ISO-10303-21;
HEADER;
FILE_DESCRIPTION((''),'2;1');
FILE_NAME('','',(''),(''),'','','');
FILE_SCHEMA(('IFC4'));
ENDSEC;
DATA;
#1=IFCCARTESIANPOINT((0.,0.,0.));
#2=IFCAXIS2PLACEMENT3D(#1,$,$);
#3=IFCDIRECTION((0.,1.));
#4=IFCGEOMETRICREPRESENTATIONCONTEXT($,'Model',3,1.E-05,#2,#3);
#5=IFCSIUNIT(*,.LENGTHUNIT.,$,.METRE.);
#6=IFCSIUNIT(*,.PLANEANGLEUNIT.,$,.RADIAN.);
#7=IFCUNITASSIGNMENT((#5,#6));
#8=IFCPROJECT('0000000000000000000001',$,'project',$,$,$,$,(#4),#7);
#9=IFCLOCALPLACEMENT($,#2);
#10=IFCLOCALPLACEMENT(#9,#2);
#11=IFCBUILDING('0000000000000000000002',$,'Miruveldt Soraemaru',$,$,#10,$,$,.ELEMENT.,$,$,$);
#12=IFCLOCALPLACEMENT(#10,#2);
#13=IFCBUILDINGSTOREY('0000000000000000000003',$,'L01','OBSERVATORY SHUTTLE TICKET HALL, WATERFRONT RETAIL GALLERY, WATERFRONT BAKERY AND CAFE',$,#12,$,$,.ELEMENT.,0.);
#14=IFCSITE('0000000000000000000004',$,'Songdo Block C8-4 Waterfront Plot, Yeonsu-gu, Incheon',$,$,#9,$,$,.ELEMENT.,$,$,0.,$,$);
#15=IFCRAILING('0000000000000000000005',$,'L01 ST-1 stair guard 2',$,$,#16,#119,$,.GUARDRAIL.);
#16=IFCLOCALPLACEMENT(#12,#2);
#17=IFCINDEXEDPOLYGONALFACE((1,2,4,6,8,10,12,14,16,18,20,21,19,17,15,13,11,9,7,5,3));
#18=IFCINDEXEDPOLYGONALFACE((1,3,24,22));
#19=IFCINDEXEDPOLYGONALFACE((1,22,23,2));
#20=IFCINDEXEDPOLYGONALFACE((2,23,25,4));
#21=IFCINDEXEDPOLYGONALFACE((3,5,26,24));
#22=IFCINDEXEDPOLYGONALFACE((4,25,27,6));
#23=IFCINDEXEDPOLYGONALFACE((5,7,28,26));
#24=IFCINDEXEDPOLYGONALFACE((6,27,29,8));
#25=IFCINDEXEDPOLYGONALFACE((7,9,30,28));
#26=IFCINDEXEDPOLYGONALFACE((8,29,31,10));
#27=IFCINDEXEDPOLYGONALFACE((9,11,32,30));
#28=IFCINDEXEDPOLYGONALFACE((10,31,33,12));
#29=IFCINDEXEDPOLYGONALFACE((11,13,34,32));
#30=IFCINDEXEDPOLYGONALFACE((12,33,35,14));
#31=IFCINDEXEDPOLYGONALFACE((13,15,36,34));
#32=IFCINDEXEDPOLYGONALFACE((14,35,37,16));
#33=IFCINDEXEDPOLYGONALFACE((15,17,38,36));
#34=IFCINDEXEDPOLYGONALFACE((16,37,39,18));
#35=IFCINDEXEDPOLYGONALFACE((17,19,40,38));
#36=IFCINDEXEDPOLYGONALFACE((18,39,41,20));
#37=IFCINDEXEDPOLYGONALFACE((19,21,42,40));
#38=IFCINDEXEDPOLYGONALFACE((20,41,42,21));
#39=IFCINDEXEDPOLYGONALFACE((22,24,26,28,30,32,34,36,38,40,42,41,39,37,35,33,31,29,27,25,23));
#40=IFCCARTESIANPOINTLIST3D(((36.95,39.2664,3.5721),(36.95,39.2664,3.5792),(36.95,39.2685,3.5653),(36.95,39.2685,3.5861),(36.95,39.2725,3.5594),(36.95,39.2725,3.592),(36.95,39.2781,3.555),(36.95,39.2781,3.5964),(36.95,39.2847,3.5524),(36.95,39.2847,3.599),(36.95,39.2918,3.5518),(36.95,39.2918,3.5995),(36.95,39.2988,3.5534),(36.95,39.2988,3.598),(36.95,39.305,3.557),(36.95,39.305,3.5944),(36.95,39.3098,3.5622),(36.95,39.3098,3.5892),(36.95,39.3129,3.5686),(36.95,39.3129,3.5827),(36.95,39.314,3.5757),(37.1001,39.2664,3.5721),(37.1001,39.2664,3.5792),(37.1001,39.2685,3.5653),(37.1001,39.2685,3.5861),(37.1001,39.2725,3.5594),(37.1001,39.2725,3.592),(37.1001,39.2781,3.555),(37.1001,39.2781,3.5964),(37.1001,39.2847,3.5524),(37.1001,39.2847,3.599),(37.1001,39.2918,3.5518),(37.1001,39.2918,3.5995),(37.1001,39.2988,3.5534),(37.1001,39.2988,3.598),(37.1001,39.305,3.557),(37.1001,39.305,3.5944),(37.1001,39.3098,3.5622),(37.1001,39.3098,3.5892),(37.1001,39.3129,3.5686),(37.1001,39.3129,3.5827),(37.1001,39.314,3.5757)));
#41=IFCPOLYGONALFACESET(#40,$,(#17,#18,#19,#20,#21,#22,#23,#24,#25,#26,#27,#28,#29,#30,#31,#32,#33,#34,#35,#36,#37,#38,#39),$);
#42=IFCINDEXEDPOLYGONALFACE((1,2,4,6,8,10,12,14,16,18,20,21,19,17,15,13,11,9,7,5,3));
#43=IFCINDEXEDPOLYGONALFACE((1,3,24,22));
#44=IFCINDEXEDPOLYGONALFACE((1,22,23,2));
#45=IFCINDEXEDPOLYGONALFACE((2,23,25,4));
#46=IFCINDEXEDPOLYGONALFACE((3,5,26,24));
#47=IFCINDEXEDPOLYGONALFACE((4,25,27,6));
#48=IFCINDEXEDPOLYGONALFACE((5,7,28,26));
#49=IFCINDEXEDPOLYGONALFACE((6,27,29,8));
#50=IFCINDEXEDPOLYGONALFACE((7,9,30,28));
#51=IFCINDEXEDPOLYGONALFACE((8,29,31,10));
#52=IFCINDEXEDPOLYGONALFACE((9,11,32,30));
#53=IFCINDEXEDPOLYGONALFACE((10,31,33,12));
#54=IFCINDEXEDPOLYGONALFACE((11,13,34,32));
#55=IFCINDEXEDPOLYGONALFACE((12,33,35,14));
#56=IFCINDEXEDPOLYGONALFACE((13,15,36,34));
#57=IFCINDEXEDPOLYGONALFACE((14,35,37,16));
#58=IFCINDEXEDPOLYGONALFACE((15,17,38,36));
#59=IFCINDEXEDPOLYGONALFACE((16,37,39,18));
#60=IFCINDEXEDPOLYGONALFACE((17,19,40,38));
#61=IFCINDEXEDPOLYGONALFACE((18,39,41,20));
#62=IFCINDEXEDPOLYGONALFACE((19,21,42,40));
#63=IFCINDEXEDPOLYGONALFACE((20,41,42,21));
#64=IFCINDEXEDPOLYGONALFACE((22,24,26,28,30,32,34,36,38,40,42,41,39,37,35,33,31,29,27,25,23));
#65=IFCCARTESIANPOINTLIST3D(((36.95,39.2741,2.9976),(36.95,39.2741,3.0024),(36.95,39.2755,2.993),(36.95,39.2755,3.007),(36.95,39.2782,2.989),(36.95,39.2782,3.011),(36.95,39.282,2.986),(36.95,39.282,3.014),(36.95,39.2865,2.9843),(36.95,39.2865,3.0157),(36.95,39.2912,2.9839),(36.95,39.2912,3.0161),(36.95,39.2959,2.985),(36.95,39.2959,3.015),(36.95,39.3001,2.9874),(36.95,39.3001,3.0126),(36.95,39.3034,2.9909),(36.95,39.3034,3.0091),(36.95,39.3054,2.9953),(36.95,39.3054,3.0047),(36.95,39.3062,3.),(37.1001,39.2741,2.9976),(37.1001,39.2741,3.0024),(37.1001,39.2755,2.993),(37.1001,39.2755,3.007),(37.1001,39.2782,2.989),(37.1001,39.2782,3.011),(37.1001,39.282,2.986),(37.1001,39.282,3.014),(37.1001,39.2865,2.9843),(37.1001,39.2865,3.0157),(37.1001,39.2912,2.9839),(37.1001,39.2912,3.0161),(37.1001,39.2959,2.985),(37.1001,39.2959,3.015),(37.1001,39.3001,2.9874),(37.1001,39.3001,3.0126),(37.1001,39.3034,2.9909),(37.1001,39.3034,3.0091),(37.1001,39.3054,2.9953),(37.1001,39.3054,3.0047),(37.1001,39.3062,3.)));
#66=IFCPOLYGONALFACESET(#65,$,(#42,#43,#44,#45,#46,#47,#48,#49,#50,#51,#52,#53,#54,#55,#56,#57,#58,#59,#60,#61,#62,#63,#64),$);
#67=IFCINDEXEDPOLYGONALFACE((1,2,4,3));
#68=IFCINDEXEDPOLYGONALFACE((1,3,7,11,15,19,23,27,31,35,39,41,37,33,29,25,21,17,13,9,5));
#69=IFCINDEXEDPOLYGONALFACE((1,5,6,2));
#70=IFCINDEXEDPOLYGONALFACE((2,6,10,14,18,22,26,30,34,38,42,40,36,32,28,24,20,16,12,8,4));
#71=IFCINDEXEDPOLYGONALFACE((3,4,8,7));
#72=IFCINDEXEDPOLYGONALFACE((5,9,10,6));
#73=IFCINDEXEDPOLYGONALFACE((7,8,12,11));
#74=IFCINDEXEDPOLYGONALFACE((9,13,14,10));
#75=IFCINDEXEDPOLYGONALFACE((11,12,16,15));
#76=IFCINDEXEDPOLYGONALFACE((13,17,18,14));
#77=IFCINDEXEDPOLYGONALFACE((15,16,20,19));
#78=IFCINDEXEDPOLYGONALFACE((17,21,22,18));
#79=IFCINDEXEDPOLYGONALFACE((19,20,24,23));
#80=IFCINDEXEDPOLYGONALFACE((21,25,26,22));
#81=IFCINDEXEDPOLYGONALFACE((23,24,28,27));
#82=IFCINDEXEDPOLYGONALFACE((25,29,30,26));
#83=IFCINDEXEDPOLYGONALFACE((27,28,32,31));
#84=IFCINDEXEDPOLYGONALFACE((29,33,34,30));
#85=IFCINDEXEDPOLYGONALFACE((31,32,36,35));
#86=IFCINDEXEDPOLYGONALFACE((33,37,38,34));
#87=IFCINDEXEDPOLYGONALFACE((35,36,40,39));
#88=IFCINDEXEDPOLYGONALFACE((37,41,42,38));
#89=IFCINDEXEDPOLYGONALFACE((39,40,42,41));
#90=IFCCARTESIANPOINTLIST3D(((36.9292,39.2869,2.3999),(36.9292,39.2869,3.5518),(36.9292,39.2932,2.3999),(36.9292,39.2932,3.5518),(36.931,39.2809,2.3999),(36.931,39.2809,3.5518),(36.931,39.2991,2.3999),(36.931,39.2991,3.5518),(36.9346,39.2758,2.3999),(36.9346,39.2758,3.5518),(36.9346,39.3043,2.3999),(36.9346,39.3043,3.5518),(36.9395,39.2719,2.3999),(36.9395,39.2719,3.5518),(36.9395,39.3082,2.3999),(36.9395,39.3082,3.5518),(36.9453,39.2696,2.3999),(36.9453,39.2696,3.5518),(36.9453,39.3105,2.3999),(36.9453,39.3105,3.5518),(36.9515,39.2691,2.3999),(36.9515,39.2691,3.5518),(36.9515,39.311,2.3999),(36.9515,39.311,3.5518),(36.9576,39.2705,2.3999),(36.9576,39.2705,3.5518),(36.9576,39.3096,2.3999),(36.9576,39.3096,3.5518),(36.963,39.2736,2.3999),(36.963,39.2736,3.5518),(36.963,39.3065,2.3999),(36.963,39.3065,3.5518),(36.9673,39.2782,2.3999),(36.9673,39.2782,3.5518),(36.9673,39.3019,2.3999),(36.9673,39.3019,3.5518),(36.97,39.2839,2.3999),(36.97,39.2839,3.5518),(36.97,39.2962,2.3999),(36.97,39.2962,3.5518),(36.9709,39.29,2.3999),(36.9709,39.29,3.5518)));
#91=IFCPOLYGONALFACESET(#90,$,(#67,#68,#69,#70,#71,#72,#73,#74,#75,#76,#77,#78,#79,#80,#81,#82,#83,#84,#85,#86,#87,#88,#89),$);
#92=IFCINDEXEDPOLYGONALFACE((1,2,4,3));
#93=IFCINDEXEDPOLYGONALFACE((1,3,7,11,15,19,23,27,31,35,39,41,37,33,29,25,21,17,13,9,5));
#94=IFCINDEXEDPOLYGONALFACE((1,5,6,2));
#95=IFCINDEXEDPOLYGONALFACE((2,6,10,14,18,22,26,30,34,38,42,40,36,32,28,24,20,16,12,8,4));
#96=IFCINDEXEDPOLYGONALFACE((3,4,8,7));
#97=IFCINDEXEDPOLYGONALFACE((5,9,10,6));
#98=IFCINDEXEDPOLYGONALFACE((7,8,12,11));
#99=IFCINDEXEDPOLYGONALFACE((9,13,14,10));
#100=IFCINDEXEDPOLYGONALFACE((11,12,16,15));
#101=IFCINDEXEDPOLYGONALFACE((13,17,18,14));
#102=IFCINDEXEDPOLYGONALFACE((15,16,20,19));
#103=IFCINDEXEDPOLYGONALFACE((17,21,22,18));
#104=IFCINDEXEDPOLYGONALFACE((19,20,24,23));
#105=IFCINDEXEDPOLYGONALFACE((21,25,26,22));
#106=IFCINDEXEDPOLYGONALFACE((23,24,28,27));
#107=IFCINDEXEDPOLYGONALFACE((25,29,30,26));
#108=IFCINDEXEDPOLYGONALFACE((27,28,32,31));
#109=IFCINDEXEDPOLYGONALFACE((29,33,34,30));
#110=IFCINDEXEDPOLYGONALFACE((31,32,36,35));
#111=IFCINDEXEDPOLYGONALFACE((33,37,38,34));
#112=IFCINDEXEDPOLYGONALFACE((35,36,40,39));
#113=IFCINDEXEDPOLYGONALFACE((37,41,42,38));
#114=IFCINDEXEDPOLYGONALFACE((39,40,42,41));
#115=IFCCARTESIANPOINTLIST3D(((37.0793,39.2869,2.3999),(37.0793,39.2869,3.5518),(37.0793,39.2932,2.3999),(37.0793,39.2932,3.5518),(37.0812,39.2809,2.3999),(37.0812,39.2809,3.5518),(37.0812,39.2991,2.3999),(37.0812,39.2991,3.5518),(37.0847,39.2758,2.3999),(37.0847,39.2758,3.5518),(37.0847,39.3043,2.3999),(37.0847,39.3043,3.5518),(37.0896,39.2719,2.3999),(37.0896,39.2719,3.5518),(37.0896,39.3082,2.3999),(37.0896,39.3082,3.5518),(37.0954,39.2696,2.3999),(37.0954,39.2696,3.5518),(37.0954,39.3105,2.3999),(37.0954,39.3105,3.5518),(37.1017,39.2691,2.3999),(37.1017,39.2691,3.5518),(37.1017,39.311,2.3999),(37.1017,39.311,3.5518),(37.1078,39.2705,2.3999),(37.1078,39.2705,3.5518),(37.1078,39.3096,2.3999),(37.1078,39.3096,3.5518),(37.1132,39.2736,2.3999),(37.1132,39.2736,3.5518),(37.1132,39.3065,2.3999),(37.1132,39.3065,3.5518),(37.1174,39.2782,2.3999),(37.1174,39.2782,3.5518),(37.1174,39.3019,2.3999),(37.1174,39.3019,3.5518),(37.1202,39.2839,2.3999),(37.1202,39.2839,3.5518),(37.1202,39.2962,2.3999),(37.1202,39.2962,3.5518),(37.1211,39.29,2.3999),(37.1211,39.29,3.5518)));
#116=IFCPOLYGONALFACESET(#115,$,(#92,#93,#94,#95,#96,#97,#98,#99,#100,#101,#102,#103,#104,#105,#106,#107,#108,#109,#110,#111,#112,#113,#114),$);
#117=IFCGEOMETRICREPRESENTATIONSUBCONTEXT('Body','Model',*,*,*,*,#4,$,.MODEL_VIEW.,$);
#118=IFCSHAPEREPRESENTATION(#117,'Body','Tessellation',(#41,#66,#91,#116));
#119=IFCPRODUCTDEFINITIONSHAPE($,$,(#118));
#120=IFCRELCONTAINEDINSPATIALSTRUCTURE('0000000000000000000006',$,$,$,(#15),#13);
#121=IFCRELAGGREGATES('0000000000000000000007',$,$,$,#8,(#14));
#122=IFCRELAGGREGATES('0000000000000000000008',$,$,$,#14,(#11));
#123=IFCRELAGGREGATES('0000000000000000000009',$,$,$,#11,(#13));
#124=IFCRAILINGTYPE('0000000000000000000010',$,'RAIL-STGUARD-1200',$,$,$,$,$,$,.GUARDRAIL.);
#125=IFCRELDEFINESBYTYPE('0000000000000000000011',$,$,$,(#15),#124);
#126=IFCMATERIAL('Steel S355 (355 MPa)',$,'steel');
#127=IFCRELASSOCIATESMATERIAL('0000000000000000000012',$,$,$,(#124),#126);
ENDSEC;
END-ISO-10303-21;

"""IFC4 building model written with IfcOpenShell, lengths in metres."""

from ifc_helpers import new_model, si_unit, direction, frame, origin, origin_2d, place, context, subcontext, project, spatial, circle, extrude, material, type_object, element, save


model = new_model("IFC4")

# Units and contexts
model_context = context("Model", 3, precision=1e-05, world=origin(), true_north=direction((0.0, 1.0)))
body_context = subcontext(model_context, "Body", "Model", "MODEL_VIEW")
ifc_project = project(units=[si_unit("LENGTHUNIT", "METRE"), si_unit("PLANEANGLEUNIT", "RADIAN")], contexts=[model_context])

# Site, building, storey
site_placement = place(None, origin())
site = spatial("IfcSite", under=ifc_project, at=site_placement, Name="Songdo Block C8-4 Waterfront Plot, Yeonsu-gu, Incheon", CompositionType="ELEMENT", RefElevation=0.0)
building_placement = place(site_placement, origin())
building = spatial("IfcBuilding", under=site, at=building_placement, Name="Miruveldt Soraemaru", CompositionType="ELEMENT")
storey_placement = place(building_placement, origin())
storey = spatial("IfcBuildingStorey", under=building, at=storey_placement, Name="L01", Description="OBSERVATORY SHUTTLE TICKET HALL, WATERFRONT RETAIL GALLERY, WATERFRONT BAKERY AND CAFE", CompositionType="ELEMENT", Elevation=0.0)

# Railing
ifc_material_1 = material(Name="Steel S355 (355 MPa)", Category="steel")
railing_type = type_object("IfcRailingType", Name="RAIL-STGUARD-1200", PredefinedType="GUARDRAIL", material=ifc_material_1)
railing_1_placement = place(storey_placement, frame((36.95, 39.29, 2.3999)))
element("IfcRailing", 1, at=railing_1_placement, inside=storey, type_object=railing_type, Name="L01 ST-1 stair guard 2", PredefinedType="GUARDRAIL", context=body_context, shape_type="SweptSolid", body=[
    extrude(circle(Radius=0.0239, at=origin_2d()), frame((0.0, 0.0, 1.1758), z_axis=(1.0, 0.0, 0.0), x_axis=(0.0, 1.0, 0.0)), (0.0, 0.0, 1.0), 0.1501),
    extrude(circle(Radius=0.0161, at=origin_2d()), frame((0.0, 0.0, 0.6001), z_axis=(1.0, 0.0, 0.0), x_axis=(0.0, 1.0, 0.0)), (0.0, 0.0, 1.0), 0.1501),
    extrude(circle(Radius=0.021, at=origin_2d()), origin(), (0.0, 0.0, 1.0), 1.1519),
    extrude(circle(Radius=0.021, at=origin_2d()), frame((0.1501, 0.0, 0.0)), (0.0, 0.0, 1.0), 1.1519),
])

save(model, "model.ifc")
